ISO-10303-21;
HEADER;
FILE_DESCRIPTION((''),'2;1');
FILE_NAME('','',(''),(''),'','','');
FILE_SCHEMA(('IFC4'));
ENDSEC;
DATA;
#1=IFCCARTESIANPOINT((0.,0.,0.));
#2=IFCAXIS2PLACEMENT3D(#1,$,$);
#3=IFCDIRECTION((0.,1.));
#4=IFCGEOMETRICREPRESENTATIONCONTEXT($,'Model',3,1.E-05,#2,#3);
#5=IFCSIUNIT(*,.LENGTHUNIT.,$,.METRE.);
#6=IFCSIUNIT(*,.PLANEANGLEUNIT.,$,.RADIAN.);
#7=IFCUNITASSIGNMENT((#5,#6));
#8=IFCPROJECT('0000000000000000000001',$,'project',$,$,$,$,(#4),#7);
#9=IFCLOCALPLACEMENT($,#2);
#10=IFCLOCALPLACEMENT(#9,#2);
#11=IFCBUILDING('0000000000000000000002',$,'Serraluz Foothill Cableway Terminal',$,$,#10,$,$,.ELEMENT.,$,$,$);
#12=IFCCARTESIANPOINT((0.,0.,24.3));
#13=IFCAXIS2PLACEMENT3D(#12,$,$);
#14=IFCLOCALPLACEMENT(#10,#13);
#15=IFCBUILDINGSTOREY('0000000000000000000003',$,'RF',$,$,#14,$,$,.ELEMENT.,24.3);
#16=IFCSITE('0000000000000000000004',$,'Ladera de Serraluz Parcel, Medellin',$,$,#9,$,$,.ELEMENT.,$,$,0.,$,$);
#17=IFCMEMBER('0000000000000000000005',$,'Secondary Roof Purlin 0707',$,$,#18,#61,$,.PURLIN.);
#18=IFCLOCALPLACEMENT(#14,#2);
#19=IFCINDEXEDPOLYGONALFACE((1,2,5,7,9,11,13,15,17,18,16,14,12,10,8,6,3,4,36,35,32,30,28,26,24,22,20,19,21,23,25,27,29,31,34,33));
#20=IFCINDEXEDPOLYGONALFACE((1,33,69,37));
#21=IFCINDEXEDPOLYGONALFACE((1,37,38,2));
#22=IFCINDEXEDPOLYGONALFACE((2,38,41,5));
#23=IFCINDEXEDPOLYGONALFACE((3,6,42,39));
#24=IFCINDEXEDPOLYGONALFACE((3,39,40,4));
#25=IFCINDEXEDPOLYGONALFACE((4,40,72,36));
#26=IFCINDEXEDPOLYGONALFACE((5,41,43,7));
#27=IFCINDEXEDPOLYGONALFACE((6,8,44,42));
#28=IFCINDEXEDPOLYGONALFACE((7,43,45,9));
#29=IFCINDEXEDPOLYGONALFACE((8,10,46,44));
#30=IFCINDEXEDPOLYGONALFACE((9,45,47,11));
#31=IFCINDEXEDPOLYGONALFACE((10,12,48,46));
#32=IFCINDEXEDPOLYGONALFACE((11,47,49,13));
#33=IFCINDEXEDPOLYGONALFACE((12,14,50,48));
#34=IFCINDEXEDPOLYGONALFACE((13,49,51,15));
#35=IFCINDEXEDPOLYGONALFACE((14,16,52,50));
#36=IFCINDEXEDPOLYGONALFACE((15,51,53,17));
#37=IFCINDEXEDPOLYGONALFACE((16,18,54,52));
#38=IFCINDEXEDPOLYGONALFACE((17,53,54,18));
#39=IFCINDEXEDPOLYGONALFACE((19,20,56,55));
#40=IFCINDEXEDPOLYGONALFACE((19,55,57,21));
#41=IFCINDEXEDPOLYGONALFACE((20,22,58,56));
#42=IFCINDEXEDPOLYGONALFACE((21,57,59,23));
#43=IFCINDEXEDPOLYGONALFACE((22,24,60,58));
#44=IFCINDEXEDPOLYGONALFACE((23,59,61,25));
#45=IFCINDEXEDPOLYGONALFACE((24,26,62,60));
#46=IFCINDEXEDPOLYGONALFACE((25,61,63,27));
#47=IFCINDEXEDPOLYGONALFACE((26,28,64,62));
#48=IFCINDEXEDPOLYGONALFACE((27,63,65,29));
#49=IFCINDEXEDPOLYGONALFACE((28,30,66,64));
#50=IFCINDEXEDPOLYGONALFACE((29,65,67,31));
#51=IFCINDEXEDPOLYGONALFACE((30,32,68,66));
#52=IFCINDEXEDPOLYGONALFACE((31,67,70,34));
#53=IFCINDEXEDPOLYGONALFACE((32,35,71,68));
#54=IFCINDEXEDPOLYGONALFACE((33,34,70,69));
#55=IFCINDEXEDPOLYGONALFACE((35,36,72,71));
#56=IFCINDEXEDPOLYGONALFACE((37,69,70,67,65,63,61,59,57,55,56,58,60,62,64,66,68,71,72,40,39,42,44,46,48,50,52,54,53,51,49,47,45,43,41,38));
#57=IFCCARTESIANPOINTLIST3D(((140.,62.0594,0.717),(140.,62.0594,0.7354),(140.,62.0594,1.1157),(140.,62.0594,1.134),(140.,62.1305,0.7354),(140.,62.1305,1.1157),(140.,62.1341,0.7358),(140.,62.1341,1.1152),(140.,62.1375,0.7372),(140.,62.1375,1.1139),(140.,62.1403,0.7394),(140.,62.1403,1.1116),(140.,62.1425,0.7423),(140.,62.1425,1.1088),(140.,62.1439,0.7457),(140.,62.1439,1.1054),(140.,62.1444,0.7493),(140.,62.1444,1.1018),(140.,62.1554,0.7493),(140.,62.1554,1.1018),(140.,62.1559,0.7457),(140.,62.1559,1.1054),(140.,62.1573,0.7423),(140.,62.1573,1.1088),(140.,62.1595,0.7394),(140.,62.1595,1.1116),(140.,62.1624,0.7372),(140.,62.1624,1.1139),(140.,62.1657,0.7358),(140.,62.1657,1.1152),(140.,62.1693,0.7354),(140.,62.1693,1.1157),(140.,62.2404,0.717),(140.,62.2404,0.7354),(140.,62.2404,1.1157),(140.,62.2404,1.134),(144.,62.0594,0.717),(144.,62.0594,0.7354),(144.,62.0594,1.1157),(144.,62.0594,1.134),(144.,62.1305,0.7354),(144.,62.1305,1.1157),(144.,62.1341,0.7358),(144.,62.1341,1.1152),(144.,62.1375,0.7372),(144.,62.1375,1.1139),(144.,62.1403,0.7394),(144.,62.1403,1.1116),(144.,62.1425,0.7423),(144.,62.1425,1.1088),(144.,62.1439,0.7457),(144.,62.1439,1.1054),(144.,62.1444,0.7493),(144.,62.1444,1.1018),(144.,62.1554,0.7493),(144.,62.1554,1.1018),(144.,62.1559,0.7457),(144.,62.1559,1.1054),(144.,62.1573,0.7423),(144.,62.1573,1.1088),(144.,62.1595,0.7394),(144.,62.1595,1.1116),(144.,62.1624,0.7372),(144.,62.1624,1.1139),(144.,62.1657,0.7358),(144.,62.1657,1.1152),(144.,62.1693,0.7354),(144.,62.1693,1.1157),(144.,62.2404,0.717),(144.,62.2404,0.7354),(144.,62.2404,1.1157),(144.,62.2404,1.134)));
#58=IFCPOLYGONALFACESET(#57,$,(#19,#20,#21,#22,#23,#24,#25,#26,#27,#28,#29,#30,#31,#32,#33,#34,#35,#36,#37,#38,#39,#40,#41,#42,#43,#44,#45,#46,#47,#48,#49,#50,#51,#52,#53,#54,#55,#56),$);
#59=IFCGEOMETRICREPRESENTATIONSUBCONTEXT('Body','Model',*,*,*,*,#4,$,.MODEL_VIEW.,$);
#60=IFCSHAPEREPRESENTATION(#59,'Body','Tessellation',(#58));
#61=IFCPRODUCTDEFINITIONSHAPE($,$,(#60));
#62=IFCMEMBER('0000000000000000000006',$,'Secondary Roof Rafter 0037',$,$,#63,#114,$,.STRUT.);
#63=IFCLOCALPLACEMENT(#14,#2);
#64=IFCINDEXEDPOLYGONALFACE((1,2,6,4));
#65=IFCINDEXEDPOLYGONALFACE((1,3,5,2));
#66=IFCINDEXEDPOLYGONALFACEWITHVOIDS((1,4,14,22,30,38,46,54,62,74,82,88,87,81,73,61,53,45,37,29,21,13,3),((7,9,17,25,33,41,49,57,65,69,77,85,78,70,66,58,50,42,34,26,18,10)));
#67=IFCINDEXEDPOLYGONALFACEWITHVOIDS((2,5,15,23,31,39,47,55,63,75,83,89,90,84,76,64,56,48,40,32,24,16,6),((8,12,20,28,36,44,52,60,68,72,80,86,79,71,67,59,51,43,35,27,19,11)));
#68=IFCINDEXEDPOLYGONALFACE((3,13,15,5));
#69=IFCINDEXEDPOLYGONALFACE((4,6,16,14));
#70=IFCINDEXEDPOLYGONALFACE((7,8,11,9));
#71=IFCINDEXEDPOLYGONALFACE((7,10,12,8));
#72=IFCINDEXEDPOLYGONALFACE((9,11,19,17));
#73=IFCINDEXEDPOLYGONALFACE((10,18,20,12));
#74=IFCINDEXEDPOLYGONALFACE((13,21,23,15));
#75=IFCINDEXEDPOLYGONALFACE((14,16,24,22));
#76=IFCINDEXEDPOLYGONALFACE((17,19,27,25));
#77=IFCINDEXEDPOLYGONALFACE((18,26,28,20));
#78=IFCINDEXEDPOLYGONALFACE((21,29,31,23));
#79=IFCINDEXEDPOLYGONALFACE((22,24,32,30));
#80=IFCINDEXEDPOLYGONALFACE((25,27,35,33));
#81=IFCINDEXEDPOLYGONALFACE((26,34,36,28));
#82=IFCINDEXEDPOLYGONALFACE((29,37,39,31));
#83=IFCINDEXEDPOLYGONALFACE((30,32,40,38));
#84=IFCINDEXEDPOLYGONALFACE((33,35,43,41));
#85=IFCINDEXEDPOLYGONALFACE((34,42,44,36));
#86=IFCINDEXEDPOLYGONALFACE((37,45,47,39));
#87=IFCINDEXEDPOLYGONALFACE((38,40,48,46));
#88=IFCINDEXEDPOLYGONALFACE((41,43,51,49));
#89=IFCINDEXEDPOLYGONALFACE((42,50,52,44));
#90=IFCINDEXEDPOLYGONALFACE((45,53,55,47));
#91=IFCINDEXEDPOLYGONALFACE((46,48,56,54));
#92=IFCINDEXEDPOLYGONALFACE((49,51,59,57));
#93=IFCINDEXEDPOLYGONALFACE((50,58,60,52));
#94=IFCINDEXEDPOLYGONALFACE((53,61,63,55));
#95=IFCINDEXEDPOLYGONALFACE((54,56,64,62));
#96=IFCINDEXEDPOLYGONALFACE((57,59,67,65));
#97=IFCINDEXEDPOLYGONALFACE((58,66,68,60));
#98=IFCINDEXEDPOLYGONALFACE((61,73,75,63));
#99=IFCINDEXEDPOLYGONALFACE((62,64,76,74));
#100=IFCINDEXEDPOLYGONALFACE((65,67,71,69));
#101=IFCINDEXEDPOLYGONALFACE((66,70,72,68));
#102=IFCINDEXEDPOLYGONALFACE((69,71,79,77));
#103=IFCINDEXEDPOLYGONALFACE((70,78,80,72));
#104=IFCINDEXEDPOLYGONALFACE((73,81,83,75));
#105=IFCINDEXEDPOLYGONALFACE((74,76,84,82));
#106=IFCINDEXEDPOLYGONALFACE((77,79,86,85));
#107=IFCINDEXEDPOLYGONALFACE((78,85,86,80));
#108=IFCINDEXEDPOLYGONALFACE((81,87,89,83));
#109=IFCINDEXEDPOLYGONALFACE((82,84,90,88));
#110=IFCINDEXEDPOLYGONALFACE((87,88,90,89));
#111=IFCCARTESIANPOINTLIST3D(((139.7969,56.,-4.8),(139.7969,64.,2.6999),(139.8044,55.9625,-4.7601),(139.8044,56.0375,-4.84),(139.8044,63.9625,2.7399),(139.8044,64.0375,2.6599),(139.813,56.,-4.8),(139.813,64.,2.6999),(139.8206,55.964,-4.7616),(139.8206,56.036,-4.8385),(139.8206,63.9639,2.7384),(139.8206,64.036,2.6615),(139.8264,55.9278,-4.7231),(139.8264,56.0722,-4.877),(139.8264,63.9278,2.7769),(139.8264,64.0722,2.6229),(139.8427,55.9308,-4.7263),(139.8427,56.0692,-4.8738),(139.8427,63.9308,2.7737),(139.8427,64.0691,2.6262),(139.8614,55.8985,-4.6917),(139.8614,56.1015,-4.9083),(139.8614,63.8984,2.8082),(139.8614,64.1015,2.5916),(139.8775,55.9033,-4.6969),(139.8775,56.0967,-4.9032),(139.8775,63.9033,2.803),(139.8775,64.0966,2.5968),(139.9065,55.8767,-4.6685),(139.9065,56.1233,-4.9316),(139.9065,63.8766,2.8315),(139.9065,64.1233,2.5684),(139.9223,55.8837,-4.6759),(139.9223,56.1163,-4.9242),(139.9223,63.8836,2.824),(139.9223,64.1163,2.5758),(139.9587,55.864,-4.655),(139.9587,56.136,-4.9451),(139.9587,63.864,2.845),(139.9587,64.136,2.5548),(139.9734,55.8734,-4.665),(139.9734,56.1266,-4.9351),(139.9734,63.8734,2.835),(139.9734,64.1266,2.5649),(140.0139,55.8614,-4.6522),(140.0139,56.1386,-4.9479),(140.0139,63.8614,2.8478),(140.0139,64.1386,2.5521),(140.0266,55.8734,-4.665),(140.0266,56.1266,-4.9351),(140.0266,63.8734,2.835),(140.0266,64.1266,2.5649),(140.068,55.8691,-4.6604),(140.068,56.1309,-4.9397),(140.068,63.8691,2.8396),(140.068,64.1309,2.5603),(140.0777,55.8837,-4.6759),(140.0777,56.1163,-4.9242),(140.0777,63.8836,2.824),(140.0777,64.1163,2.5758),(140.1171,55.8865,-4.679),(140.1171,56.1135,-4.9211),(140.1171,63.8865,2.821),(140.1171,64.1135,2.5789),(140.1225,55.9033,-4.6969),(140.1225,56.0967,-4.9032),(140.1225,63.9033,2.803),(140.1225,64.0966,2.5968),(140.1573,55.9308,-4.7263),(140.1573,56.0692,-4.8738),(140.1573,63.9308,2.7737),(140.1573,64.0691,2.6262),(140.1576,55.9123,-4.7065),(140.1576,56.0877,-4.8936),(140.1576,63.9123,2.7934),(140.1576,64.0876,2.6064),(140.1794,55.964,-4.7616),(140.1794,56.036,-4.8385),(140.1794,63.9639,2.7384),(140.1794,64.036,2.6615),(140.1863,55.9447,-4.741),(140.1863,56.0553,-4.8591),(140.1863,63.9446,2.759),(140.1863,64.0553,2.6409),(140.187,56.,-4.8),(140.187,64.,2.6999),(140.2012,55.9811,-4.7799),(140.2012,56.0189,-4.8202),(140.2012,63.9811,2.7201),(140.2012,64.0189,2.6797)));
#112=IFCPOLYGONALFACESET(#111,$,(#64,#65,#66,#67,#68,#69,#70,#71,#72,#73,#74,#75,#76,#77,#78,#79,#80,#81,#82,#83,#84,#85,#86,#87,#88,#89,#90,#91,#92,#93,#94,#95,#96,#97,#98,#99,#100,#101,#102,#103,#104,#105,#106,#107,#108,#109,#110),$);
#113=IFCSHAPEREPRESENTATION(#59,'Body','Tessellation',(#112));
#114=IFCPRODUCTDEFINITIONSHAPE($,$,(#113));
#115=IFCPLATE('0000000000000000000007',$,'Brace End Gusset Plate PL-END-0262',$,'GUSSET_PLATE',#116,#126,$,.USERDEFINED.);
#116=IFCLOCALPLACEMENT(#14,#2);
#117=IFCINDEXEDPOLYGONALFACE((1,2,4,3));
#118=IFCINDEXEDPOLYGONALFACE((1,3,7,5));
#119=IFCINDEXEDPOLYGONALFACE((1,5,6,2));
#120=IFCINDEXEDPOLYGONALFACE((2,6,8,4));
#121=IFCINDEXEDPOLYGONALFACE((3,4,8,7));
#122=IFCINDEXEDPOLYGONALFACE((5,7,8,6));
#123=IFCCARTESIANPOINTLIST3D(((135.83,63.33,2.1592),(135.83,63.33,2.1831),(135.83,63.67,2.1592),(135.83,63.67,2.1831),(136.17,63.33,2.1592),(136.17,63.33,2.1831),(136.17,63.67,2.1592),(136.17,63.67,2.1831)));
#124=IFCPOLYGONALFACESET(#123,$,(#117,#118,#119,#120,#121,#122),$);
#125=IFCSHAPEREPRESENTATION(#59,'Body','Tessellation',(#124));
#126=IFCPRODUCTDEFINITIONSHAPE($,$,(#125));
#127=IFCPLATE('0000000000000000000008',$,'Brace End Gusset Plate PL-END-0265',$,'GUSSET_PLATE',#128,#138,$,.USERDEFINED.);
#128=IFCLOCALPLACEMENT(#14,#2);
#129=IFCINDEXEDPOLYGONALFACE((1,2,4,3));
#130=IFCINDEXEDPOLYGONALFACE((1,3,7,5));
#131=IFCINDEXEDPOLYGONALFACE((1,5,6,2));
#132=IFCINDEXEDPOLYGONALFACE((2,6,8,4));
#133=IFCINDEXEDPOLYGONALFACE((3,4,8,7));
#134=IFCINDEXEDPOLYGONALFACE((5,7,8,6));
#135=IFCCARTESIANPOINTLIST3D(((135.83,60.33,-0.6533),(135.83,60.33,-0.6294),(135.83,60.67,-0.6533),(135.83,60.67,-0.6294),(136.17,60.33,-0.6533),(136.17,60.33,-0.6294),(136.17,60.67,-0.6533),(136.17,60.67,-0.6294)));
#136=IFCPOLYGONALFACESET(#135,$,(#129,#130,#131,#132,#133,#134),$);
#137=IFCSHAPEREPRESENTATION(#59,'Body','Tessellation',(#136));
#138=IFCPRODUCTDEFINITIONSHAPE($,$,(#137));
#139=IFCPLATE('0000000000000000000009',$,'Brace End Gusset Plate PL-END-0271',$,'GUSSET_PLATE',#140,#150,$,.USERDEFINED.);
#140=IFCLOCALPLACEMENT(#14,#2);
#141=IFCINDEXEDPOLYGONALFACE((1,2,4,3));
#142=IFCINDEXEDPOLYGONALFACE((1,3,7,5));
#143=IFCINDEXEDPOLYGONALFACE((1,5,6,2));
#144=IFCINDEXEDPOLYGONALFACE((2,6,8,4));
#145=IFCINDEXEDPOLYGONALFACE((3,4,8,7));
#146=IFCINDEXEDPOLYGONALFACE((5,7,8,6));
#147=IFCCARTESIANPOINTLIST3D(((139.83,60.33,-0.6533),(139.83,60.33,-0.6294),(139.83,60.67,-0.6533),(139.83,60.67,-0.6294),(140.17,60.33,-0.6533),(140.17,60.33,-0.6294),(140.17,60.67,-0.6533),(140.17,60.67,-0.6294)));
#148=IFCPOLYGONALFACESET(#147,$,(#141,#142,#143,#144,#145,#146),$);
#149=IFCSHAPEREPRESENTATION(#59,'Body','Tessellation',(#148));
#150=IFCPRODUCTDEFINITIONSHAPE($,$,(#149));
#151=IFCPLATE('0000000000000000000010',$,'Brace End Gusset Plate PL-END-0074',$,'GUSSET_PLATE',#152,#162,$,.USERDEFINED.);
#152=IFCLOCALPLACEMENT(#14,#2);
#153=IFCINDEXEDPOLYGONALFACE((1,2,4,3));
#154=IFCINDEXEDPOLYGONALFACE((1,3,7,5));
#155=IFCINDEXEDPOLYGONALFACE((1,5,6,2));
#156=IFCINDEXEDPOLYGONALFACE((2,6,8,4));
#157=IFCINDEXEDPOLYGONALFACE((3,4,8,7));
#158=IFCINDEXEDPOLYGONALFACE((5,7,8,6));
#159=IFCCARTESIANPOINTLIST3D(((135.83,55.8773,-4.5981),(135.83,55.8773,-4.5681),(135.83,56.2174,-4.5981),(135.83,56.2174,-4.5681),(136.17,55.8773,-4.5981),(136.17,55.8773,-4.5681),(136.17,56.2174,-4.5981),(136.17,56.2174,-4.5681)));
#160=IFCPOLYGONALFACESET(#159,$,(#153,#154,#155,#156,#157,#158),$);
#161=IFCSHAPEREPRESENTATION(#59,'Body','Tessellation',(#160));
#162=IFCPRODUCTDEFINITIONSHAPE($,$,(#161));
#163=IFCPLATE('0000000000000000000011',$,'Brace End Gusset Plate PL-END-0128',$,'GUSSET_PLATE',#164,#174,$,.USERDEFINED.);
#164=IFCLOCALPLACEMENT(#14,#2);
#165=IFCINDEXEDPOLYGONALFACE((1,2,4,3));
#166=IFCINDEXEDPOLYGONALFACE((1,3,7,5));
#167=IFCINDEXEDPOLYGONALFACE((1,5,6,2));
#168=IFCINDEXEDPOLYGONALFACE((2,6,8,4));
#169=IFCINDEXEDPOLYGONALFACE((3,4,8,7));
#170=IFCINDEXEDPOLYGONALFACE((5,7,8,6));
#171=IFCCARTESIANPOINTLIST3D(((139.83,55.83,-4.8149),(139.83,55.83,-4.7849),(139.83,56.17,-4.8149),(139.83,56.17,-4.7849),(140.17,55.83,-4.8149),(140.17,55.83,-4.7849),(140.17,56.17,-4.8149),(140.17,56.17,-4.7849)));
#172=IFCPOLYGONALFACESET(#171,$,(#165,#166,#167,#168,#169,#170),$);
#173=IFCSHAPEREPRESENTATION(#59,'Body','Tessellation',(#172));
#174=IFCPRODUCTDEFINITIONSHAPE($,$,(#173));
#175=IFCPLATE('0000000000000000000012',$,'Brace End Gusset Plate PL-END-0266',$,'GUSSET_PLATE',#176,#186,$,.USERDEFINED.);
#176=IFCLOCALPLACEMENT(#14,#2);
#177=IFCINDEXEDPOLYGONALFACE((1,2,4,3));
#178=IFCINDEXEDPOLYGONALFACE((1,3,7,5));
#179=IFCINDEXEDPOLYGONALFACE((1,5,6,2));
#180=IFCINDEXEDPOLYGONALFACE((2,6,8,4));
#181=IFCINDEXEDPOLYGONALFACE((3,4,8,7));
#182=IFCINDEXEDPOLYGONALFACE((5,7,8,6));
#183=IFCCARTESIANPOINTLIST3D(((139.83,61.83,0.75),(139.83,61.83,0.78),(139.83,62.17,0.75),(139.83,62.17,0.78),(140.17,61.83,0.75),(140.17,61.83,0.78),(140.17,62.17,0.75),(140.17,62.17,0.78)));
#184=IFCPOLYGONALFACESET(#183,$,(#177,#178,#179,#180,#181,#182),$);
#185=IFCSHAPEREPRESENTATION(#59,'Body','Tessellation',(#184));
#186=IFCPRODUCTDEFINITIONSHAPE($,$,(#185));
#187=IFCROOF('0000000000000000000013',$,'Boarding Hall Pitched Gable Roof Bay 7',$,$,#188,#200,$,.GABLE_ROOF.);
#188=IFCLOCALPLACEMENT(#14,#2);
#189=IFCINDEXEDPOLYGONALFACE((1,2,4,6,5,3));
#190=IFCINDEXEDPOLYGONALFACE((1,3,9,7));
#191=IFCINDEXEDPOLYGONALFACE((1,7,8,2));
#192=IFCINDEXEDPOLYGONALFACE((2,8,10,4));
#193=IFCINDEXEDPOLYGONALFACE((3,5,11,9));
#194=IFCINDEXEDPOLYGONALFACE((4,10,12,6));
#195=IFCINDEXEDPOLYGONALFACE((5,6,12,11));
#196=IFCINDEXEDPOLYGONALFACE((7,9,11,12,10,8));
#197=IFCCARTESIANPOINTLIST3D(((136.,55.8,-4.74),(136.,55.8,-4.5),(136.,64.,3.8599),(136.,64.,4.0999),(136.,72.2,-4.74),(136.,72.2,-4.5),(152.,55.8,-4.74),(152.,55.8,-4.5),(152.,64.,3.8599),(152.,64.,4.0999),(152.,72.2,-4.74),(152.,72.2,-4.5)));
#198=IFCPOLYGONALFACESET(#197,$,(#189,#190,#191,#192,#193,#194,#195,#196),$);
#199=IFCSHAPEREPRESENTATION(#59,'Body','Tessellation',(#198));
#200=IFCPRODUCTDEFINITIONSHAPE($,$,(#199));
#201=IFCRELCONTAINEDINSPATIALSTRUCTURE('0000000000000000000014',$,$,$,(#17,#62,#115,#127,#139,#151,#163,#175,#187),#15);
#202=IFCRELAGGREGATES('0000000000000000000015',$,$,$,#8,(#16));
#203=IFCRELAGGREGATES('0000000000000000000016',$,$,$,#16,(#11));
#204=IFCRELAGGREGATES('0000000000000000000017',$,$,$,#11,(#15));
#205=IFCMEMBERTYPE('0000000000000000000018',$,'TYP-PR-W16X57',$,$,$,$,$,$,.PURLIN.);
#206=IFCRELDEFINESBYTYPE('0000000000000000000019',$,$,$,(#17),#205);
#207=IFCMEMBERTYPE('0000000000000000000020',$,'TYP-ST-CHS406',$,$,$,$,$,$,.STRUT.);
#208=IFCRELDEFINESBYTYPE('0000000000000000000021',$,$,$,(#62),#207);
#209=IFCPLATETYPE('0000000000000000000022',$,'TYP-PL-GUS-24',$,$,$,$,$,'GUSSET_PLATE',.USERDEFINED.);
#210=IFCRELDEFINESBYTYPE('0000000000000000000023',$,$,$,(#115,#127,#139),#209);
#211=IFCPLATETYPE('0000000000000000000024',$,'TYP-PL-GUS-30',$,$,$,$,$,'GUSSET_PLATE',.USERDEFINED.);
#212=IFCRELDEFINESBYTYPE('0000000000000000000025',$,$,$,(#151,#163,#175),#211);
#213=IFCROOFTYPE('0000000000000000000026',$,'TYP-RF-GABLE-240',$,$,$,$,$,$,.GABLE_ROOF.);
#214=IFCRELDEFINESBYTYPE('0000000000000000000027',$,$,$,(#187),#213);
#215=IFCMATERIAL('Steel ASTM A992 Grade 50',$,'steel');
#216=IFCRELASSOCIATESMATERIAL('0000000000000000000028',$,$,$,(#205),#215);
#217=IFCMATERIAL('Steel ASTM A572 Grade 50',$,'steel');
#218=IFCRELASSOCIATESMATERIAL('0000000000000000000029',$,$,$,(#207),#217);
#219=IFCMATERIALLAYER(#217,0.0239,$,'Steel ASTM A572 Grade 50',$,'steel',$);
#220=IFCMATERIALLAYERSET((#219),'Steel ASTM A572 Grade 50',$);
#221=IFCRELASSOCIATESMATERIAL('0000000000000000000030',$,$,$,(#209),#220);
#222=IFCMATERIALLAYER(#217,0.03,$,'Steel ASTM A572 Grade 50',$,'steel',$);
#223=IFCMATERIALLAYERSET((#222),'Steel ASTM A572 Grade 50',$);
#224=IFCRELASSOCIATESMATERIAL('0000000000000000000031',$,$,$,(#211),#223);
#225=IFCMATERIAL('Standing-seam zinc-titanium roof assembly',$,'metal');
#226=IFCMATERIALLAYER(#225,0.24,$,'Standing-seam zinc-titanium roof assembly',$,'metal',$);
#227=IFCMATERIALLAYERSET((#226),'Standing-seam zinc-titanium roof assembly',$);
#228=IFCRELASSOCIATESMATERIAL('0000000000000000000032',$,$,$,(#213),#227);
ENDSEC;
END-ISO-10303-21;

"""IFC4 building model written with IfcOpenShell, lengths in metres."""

from ifc_helpers import new_model, si_unit, direction, frame, origin, origin_2d, place, context, subcontext, project, spatial, polyline, rectangle, hollow_circle, i_section, outline, extrude, material, layer, layer_set, material_profile, profile_set, type_object, element, save


model = new_model("IFC4")

# Units and contexts
model_context = context("Model", 3, precision=1e-05, world=origin(), true_north=direction((0.0, 1.0)))
body_context = subcontext(model_context, "Body", "Model", "MODEL_VIEW")
ifc_project = project(units=[si_unit("LENGTHUNIT", "METRE"), si_unit("PLANEANGLEUNIT", "RADIAN")], contexts=[model_context])

# Site, building, storey
site_placement = place(None, origin())
site = spatial("IfcSite", under=ifc_project, at=site_placement, Name="Ladera de Serraluz Parcel, Medellin", CompositionType="ELEMENT", RefElevation=0.0)
building_placement = place(site_placement, origin())
building = spatial("IfcBuilding", under=site, at=building_placement, Name="Serraluz Foothill Cableway Terminal", CompositionType="ELEMENT")
storey_placement = place(building_placement, frame((0.0, 0.0, 24.3)))
storey = spatial("IfcBuildingStorey", under=building, at=storey_placement, Name="RF", CompositionType="ELEMENT", Elevation=24.3)

# Members
ifc_material_1 = material(Name="Steel ASTM A572 Grade 50", Category="steel")
ifc_material_2 = material(Name="Steel ASTM A992 Grade 50", Category="steel")
ifc_material_profile_1 = material_profile(ifc_material_2, i_section(OverallWidth=0.1809, OverallDepth=0.417, WebThickness=0.011, FlangeThickness=0.0183, FilletRadius=0.0139, at=origin_2d()), Name="W16X57")
ifc_profile_set_1 = profile_set([ifc_material_profile_1], Name="Steel ASTM A992 Grade 50")
member_type_1 = type_object("IfcMemberType", Name="TYP-PR-W16X57", PredefinedType="PURLIN", material=ifc_profile_set_1)
for number, where, z_axis, x_axis, name in (
    (1, (140.0, 62.1499, 0.9255), (1.0, 0.0, 0.0), (0.0, 1.0, 0.0), "Secondary Roof Purlin 0707"),
):
    element("IfcMember", number, at=place(storey_placement, frame(where, z_axis=z_axis, x_axis=x_axis)), inside=storey, type_object=member_type_1, Name=name, PredefinedType="PURLIN", context=body_context, shape_type="SweptSolid", body=[
        extrude(i_section(OverallWidth=0.1809, OverallDepth=0.417, WebThickness=0.011, FlangeThickness=0.0183, FilletRadius=0.0139, at=origin_2d()), origin(), (0.0, 0.0, 1.0), 4.0),
    ])
ifc_material_profile_2 = material_profile(ifc_material_1, hollow_circle(Radius=0.2031, WallThickness=0.0161, at=origin_2d()), Name="CHS406X16")
ifc_profile_set_2 = profile_set([ifc_material_profile_2], Name="Steel ASTM A572 Grade 50")
member_type_2 = type_object("IfcMemberType", Name="TYP-ST-CHS406", PredefinedType="STRUT", material=ifc_profile_set_2)
member_placement = place(storey_placement, frame((140.0, 56.0, -4.8), z_axis=(0.0, 0.729537, 0.683941), x_axis=(-1.0, 0.0, 0.0)))
element("IfcMember", 2, at=member_placement, inside=storey, type_object=member_type_2, Name="Secondary Roof Rafter 0037", PredefinedType="STRUT", context=body_context, shape_type="SweptSolid", body=[
    extrude(hollow_circle(Radius=0.2031, WallThickness=0.0161, at=origin_2d()), origin(), (0.0, 0.0, 1.0), 10.9658),
])

# Plates
ifc_layer_1 = layer(ifc_material_1, 0.0239, Name="Steel ASTM A572 Grade 50", Category="steel")
ifc_layer_set_1 = layer_set([ifc_layer_1], Name="Steel ASTM A572 Grade 50")
plate_type_1 = type_object("IfcPlateType", Name="TYP-PL-GUS-24", ElementType="GUSSET_PLATE", PredefinedType="USERDEFINED", material=ifc_layer_set_1)
for number, where, z_axis, x_axis, name in (
    (3, (136.0, 63.5, 2.1592), (0.0, 0.0, 1.0), (1.0, 0.0, 0.0), "Brace End Gusset Plate PL-END-0262"),
    (4, (136.0, 60.5, -0.6533), (0.0, 0.0, 1.0), (1.0, 0.0, 0.0), "Brace End Gusset Plate PL-END-0265"),
    (5, (140.0, 60.5, -0.6533), (0.0, 0.0, 1.0), (1.0, 0.0, 0.0), "Brace End Gusset Plate PL-END-0271"),
):
    element("IfcPlate", number, at=place(storey_placement, frame(where, z_axis=z_axis, x_axis=x_axis)), inside=storey, type_object=plate_type_1, Name=name, ObjectType="GUSSET_PLATE", PredefinedType="USERDEFINED", context=body_context, shape_type="SweptSolid", body=[
        extrude(rectangle(XDim=0.3401, YDim=0.3401, at=origin_2d()), origin(), (0.0, 0.0, 1.0), 0.0239),
    ])
ifc_layer_2 = layer(ifc_material_1, 0.03, Name="Steel ASTM A572 Grade 50", Category="steel")
ifc_layer_set_2 = layer_set([ifc_layer_2], Name="Steel ASTM A572 Grade 50")
plate_type_2 = type_object("IfcPlateType", Name="TYP-PL-GUS-30", ElementType="GUSSET_PLATE", PredefinedType="USERDEFINED", material=ifc_layer_set_2)
for number, where, z_axis, x_axis, name in (
    (6, (136.0, 56.0474, -4.5981), (0.0, 0.0, 1.0), (1.0, 0.0, 0.0), "Brace End Gusset Plate PL-END-0074"),
    (7, (140.0, 56.0, -4.8149), (0.0, 0.0, 1.0), (1.0, 0.0, 0.0), "Brace End Gusset Plate PL-END-0128"),
    (8, (140.0, 62.0, 0.75), (0.0, 0.0, 1.0), (1.0, 0.0, 0.0), "Brace End Gusset Plate PL-END-0266"),
):
    element("IfcPlate", number, at=place(storey_placement, frame(where, z_axis=z_axis, x_axis=x_axis)), inside=storey, type_object=plate_type_2, Name=name, ObjectType="GUSSET_PLATE", PredefinedType="USERDEFINED", context=body_context, shape_type="SweptSolid", body=[
        extrude(rectangle(XDim=0.3401, YDim=0.3401, at=origin_2d()), origin(), (0.0, 0.0, 1.0), 0.03),
    ])

# Roof
ifc_material_3 = material(Name="Standing-seam zinc-titanium roof assembly", Category="metal")
ifc_layer_3 = layer(ifc_material_3, 0.24, Name="Standing-seam zinc-titanium roof assembly", Category="metal")
ifc_layer_set_3 = layer_set([ifc_layer_3], Name="Standing-seam zinc-titanium roof assembly")
roof_type = type_object("IfcRoofType", Name="TYP-RF-GABLE-240", PredefinedType="GABLE_ROOF", material=ifc_layer_set_3)
roof_placement = place(storey_placement, frame((136.0, 55.8, -4.5)))
element("IfcRoof", 9, at=roof_placement, inside=storey, type_object=roof_type, Name="Boarding Hall Pitched Gable Roof Bay 7", PredefinedType="GABLE_ROOF", context=body_context, shape_type="SweptSolid", body=[
    extrude(outline(polyline([(0.0, 0.0), (8.2, 8.5999), (16.3999, 0.0), (16.3999, -0.24), (8.2, 8.3599), (0.0, -0.24), (0.0, 0.0)])), frame((0.0, 0.0, 0.0), z_axis=(1.0, 0.0, 0.0), x_axis=(0.0, 1.0, 0.0)), (0.0, 0.0, 1.0), 16.0),
])

save(model, "model.ifc")
